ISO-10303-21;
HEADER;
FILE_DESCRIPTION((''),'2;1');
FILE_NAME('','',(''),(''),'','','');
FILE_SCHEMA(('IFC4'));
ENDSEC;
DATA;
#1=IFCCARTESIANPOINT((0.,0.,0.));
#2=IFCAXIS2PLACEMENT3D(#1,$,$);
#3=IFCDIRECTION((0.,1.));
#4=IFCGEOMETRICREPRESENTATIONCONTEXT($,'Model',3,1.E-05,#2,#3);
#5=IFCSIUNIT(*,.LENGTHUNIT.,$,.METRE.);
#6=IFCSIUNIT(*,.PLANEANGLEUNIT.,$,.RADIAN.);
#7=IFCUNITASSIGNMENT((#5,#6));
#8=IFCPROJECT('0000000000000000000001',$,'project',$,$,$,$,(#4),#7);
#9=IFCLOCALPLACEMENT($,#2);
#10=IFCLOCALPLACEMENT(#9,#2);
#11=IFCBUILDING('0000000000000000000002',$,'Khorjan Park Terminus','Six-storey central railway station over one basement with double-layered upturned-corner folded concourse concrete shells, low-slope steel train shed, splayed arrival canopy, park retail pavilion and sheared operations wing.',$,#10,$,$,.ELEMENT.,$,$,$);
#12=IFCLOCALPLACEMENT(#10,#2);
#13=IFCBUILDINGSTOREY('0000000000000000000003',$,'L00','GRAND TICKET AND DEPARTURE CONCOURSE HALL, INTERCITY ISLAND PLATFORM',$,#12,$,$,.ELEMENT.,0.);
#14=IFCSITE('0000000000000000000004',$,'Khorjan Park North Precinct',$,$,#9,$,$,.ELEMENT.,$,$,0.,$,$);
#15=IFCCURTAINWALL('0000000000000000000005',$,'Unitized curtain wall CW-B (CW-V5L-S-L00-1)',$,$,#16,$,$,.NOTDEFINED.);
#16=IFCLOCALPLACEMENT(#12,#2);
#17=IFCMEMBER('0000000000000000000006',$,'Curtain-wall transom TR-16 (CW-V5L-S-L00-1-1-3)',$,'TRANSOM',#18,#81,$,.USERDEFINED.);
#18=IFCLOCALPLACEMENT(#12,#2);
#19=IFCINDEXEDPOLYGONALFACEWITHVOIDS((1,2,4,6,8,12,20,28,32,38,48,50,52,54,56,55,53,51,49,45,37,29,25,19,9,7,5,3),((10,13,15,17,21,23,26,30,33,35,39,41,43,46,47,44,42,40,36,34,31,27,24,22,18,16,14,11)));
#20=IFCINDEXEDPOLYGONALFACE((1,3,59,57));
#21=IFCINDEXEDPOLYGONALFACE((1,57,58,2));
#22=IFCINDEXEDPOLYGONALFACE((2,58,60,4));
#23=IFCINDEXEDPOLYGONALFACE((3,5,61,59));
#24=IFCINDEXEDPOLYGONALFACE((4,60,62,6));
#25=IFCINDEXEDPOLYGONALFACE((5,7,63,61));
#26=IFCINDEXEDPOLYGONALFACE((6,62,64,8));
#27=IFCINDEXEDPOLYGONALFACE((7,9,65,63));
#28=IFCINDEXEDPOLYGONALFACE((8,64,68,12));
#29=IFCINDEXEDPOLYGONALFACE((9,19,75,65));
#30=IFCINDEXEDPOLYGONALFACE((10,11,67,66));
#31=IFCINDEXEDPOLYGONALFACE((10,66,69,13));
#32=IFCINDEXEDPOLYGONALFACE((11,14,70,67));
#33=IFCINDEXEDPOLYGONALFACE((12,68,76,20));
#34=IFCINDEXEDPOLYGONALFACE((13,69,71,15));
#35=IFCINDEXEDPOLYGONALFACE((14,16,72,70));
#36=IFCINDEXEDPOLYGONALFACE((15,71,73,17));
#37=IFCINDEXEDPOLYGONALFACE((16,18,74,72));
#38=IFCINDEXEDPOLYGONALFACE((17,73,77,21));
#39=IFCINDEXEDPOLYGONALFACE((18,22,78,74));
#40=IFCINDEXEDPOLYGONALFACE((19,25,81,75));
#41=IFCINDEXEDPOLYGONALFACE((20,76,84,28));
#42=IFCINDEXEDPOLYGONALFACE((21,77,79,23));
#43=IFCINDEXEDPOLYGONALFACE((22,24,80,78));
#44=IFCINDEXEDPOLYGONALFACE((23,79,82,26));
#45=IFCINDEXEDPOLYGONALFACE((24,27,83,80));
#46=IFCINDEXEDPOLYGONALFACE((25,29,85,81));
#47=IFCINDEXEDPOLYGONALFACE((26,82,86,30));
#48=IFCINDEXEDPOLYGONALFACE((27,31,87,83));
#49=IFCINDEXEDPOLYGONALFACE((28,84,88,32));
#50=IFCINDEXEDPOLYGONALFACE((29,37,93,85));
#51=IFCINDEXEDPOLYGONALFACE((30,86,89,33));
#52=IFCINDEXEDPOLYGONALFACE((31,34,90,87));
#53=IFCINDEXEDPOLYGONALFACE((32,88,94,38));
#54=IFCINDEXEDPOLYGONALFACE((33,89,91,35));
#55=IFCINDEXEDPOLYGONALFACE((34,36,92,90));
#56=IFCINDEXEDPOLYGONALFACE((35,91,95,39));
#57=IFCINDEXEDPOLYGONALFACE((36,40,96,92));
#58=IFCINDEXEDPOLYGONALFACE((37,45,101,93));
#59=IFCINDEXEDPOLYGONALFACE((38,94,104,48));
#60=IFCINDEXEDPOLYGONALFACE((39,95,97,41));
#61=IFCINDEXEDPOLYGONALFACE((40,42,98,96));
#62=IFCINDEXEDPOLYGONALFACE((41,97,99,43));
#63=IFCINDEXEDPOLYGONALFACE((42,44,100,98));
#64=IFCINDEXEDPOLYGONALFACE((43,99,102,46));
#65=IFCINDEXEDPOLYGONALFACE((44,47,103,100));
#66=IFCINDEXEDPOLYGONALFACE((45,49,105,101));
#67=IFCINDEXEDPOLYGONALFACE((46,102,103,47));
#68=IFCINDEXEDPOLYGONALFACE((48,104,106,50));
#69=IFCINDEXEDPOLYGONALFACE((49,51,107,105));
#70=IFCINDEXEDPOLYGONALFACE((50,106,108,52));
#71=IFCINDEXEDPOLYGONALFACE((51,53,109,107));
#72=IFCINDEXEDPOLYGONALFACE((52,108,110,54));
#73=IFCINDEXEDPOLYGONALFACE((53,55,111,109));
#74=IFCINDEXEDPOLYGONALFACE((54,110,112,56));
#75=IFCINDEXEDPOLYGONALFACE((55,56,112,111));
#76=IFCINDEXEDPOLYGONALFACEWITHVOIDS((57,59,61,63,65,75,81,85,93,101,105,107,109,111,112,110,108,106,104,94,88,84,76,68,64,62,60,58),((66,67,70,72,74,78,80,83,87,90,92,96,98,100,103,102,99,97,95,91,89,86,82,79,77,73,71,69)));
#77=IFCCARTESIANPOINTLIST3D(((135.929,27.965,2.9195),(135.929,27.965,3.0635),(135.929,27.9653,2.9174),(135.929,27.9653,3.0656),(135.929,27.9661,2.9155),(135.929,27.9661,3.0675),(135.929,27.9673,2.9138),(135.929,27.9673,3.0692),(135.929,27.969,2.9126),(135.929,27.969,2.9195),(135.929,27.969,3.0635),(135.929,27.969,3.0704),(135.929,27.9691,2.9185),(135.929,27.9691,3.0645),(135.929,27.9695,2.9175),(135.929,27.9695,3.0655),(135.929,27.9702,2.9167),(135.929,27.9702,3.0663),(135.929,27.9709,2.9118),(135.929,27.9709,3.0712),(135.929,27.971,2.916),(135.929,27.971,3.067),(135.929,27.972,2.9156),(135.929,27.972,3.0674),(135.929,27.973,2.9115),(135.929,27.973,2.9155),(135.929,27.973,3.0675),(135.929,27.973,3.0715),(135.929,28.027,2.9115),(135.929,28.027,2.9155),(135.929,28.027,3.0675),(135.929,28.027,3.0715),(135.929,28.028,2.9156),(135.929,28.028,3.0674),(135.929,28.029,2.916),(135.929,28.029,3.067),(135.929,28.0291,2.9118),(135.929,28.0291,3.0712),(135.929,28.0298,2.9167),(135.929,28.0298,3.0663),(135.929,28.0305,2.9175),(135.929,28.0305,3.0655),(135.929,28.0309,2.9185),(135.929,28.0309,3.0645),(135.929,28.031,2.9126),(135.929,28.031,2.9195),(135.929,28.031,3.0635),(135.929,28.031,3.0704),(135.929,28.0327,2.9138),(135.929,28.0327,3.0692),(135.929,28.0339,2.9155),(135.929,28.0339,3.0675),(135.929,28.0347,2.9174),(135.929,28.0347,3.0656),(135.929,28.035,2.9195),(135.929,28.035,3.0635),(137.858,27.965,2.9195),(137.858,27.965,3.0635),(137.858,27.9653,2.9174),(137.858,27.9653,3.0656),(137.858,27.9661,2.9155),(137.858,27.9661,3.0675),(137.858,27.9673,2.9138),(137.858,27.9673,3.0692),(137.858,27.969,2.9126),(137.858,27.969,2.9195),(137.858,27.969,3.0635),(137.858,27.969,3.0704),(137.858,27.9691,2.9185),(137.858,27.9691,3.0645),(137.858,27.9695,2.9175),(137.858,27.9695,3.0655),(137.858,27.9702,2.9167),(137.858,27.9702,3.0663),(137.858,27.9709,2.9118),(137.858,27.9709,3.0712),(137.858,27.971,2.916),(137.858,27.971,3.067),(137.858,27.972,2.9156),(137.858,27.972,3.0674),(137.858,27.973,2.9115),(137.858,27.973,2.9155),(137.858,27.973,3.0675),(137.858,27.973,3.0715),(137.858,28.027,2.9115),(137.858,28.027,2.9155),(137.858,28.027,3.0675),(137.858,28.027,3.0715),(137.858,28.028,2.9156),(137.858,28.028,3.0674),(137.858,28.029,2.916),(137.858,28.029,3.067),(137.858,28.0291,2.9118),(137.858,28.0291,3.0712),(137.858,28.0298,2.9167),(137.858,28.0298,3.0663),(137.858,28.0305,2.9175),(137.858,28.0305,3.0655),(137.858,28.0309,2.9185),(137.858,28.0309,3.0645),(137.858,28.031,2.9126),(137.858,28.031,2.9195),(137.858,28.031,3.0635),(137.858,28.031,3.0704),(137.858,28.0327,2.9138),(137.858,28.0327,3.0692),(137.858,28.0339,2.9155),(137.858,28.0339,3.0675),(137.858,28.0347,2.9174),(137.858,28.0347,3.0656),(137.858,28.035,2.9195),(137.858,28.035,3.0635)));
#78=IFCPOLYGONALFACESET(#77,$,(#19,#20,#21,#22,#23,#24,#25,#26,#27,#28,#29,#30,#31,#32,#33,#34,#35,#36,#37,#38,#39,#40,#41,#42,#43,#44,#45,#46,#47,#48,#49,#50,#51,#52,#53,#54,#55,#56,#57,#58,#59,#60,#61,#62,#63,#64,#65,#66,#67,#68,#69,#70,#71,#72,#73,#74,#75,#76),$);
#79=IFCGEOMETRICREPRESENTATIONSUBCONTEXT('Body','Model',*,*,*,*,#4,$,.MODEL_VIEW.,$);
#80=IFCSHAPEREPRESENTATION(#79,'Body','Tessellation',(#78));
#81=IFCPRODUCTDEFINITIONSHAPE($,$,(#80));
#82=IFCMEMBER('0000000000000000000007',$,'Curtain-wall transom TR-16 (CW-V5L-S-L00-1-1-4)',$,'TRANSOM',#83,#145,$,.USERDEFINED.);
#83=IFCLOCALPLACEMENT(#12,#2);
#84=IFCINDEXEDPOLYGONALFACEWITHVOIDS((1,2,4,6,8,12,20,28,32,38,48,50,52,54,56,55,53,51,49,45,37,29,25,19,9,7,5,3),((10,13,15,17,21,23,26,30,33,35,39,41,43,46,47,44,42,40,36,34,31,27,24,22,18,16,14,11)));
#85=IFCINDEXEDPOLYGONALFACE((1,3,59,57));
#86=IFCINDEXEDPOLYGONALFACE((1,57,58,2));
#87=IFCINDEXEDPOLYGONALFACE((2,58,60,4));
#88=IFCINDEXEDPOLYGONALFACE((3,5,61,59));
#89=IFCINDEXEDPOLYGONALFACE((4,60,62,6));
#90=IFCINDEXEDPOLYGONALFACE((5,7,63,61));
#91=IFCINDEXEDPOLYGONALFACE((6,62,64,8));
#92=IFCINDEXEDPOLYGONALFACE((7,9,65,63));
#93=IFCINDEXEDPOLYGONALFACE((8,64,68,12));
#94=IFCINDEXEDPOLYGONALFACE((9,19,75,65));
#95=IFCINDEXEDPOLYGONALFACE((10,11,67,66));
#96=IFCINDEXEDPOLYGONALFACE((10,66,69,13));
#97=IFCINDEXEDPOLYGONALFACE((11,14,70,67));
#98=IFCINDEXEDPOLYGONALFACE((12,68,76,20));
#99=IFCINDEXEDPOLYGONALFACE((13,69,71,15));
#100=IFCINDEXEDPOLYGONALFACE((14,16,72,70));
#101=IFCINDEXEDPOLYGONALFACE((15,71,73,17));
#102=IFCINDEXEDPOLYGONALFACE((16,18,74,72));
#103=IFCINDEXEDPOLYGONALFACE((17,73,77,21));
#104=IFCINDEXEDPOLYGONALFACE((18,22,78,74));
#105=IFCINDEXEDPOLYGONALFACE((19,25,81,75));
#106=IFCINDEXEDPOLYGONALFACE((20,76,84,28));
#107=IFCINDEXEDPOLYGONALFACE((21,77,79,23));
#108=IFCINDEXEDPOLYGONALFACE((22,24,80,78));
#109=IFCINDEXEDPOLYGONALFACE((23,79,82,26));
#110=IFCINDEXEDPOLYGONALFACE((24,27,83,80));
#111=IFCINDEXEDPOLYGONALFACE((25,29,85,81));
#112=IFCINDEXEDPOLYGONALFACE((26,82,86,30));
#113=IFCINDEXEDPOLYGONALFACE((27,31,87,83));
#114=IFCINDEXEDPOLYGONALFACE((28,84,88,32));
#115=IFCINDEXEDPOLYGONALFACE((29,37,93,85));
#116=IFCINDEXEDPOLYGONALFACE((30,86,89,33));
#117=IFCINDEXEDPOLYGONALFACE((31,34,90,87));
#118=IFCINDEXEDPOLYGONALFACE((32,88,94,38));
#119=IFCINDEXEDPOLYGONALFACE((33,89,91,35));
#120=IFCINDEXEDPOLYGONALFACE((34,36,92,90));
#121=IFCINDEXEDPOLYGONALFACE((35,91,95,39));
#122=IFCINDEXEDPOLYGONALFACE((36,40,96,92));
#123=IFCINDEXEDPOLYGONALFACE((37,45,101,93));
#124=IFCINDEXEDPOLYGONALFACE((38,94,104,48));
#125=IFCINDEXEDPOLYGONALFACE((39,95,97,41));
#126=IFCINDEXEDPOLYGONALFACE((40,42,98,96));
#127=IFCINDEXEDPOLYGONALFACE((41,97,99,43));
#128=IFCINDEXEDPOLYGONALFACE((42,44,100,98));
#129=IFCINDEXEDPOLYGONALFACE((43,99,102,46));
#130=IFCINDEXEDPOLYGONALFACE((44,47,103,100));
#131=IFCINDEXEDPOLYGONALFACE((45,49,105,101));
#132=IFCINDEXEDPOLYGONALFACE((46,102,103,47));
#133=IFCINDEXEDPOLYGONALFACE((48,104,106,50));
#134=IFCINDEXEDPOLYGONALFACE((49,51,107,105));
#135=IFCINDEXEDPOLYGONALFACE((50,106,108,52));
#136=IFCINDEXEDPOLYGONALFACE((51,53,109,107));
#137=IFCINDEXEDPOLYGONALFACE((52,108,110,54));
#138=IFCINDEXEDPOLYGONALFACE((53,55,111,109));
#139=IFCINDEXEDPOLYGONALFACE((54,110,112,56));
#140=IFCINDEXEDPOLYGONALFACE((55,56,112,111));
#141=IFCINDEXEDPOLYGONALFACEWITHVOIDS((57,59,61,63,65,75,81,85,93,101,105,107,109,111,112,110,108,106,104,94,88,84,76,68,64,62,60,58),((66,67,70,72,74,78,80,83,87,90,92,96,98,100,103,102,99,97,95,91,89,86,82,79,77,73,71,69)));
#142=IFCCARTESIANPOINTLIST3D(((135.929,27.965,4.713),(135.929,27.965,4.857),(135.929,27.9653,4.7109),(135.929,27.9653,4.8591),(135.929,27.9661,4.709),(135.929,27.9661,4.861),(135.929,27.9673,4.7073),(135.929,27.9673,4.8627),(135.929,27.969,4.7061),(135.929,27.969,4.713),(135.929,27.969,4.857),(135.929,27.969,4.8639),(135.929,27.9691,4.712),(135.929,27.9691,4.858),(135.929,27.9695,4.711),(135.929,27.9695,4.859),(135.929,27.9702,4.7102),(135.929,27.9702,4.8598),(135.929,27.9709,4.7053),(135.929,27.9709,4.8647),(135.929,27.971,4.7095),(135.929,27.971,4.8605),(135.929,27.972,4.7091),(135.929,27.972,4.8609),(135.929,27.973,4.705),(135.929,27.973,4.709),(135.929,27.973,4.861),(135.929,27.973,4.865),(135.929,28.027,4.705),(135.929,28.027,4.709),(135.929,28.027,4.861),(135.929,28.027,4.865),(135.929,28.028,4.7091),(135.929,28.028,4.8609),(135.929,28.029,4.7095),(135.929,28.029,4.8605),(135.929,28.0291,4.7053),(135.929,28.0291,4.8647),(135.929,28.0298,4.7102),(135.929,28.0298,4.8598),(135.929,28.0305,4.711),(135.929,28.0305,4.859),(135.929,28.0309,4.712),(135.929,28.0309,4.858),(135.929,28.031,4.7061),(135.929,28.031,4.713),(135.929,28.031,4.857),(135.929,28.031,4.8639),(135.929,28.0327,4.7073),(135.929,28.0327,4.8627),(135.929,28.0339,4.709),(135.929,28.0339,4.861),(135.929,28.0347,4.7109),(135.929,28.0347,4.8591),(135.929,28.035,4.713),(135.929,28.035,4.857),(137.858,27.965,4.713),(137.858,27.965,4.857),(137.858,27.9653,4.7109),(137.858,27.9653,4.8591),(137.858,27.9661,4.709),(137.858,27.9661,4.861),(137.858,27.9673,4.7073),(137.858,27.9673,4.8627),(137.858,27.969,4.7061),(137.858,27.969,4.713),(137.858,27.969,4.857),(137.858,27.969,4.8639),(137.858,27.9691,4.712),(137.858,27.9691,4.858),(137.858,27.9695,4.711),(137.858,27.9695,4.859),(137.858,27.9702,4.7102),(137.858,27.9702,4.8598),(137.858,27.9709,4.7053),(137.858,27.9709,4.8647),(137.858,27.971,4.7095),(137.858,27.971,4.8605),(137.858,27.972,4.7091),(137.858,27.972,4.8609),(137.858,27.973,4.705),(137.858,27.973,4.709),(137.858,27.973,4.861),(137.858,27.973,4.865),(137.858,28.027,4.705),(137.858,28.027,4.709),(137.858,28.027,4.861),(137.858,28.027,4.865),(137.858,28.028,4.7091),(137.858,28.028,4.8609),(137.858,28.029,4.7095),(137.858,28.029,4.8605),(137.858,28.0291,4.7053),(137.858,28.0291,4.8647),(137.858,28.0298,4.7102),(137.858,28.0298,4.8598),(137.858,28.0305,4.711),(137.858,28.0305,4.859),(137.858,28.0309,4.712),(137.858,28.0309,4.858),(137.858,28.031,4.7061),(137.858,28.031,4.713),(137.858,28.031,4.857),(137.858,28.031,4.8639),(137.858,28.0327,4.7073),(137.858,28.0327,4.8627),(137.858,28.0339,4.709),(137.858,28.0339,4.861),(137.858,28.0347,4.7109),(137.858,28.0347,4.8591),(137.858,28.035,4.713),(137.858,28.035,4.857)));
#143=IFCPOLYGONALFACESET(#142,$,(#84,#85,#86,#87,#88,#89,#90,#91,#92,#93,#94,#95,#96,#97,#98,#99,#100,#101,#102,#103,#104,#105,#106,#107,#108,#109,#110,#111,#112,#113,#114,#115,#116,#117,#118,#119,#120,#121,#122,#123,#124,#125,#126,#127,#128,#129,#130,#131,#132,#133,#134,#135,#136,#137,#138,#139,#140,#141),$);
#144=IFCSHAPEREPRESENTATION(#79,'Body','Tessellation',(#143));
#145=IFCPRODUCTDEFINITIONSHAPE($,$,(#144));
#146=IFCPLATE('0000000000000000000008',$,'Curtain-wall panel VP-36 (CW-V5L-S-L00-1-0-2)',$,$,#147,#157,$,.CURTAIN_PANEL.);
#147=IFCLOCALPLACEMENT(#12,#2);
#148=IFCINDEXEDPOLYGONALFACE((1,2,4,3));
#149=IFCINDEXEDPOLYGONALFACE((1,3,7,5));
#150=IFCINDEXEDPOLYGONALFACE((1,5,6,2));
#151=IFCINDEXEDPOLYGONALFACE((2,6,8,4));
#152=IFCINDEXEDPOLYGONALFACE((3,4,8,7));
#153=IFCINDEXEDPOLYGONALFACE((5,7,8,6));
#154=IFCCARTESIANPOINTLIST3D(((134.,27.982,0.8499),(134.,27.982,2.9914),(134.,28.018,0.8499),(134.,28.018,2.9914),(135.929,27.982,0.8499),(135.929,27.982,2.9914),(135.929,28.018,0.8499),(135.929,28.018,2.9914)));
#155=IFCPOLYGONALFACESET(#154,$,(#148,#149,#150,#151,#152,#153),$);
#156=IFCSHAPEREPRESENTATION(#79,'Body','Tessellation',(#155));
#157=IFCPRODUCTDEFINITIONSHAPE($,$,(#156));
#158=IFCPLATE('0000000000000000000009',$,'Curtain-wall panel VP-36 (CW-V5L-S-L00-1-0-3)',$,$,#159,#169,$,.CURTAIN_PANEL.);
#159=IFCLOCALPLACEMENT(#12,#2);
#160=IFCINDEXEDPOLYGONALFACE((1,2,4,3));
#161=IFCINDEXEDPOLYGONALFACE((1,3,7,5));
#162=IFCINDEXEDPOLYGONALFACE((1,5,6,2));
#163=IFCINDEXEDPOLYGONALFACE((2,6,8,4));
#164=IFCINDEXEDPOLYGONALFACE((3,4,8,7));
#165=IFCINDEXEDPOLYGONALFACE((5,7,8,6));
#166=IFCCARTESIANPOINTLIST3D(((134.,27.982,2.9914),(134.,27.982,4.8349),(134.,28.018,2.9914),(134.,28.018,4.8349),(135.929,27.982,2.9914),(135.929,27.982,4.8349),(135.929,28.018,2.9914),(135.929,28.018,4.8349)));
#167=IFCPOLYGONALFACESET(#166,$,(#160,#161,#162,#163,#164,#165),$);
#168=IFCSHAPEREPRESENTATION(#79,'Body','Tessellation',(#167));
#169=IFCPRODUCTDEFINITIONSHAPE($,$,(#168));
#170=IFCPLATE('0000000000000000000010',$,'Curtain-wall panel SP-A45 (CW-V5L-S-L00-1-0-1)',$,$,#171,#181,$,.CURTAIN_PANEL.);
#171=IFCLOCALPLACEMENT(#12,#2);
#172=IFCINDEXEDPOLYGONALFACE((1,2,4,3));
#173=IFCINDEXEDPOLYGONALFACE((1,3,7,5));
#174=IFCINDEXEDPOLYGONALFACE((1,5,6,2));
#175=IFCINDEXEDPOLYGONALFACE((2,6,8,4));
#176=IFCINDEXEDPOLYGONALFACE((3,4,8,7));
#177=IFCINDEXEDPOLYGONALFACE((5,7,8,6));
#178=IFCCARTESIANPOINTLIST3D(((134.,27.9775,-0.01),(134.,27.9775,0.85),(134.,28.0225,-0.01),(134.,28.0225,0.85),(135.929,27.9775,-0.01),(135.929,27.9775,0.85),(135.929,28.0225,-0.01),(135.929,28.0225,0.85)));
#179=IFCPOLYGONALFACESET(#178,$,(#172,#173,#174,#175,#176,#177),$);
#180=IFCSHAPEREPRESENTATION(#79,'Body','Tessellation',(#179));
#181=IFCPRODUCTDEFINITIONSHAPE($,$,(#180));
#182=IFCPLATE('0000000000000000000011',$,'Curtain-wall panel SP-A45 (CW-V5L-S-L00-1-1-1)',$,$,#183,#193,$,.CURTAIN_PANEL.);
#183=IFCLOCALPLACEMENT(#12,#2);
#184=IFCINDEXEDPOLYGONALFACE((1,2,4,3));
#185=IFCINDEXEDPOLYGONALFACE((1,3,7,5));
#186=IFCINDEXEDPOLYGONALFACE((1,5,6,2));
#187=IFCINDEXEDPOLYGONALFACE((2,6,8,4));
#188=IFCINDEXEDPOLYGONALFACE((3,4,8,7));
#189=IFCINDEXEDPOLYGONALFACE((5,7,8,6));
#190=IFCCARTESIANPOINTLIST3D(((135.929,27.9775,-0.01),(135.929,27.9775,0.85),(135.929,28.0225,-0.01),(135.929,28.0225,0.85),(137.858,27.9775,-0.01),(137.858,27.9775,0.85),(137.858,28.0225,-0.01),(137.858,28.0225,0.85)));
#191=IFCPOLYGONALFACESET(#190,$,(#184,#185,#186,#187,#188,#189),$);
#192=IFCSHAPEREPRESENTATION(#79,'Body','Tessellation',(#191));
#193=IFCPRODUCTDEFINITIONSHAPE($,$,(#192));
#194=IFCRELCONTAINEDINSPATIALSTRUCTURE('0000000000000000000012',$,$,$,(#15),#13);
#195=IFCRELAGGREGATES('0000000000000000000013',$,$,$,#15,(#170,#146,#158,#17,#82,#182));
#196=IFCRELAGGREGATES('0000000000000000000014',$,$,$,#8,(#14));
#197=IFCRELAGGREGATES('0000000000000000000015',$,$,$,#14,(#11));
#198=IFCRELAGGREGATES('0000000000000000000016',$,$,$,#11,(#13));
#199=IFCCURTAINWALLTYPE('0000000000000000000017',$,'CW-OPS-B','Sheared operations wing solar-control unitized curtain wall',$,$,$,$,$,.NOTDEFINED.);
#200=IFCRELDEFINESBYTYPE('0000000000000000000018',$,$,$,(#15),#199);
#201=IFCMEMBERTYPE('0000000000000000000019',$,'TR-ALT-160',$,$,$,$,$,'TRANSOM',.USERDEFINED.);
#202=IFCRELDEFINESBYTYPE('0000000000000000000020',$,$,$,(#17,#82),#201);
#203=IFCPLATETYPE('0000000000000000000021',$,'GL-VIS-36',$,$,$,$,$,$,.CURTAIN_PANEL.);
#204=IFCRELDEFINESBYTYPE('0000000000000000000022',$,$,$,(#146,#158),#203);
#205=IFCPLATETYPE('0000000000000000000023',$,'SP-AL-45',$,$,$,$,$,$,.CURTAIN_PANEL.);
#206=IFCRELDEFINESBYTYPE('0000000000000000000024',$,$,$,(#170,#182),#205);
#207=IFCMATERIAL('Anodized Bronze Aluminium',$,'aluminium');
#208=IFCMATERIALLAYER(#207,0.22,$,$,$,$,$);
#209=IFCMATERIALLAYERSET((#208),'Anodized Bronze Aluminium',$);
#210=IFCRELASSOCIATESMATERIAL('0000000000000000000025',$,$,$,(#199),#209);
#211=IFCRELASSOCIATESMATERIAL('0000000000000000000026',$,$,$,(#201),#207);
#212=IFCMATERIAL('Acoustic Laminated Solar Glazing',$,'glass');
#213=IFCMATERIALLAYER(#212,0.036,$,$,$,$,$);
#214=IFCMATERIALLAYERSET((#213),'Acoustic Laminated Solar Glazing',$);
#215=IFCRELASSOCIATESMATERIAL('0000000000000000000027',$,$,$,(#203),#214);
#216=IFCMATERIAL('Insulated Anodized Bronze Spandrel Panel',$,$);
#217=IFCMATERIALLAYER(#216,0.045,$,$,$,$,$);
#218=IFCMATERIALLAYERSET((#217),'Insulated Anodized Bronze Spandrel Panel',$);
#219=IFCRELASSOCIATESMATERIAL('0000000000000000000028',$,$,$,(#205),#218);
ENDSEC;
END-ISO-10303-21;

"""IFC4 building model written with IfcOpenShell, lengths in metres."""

from ifc_helpers import new_model, si_unit, direction, frame, origin, origin_2d, place, context, subcontext, project, spatial, rectangle, hollow_rectangle, extrude, material, layer, layer_set, material_profile, profile_set, type_object, element, aggregate, save


model = new_model("IFC4")

# Units and contexts
model_context = context("Model", 3, precision=1e-05, world=origin(), true_north=direction((0.0, 1.0)))
body_context = subcontext(model_context, "Body", "Model", "MODEL_VIEW")
ifc_project = project(units=[si_unit("LENGTHUNIT", "METRE"), si_unit("PLANEANGLEUNIT", "RADIAN")], contexts=[model_context])

# Site, building, storey
site_placement = place(None, origin())
site = spatial("IfcSite", under=ifc_project, at=site_placement, Name="Khorjan Park North Precinct", CompositionType="ELEMENT", RefElevation=0.0)
building_placement = place(site_placement, origin())
building = spatial("IfcBuilding", under=site, at=building_placement, Name="Khorjan Park Terminus", Description="Six-storey central railway station over one basement with double-layered upturned-corner folded concourse concrete shells, low-slope steel train shed, splayed arrival canopy, park retail pavilion and sheared operations wing.", CompositionType="ELEMENT")
storey_placement = place(building_placement, origin())
storey = spatial("IfcBuildingStorey", under=building, at=storey_placement, Name="L00", Description="GRAND TICKET AND DEPARTURE CONCOURSE HALL, INTERCITY ISLAND PLATFORM", CompositionType="ELEMENT", Elevation=0.0)

# Curtain wall, members, plates
ifc_material_1 = material(Name="Anodized Bronze Aluminium", Category="aluminium")
ifc_layer_1 = layer(ifc_material_1, 0.22)
ifc_layer_set_1 = layer_set([ifc_layer_1], Name="Anodized Bronze Aluminium")
curtain_wall_type = type_object("IfcCurtainWallType", Name="CW-OPS-B", Description="Sheared operations wing solar-control unitized curtain wall", PredefinedType="NOTDEFINED", material=ifc_layer_set_1)
curtain_wall_placement = place(storey_placement, origin())
curtain_wall = element("IfcCurtainWall", 1, at=curtain_wall_placement, inside=storey, type_object=curtain_wall_type, Name="Unitized curtain wall CW-B (CW-V5L-S-L00-1)", PredefinedType="NOTDEFINED")
ifc_material_profile_1 = material_profile(ifc_material_1, hollow_rectangle(XDim=0.07, YDim=0.16, WallThickness=0.004, InnerFilletRadius=0.004, OuterFilletRadius=0.008, at=origin_2d()), Name="ALT 70x160x4")
ifc_profile_set_1 = profile_set([ifc_material_profile_1], Name="Anodized Bronze Aluminium")
member_type_1 = type_object("IfcMemberType", Name="TR-ALT-160", ElementType="TRANSOM", PredefinedType="USERDEFINED", material=ifc_profile_set_1)
member_1_placement = place(storey_placement, frame((135.929, 28.0, 2.9915), z_axis=(1.0, 0.0, 0.0), x_axis=(0.0, 1.0, 0.0)))
member_1 = element("IfcMember", 2, at=member_1_placement, type_object=member_type_1, Name="Curtain-wall transom TR-16 (CW-V5L-S-L00-1-1-3)", ObjectType="TRANSOM", PredefinedType="USERDEFINED", context=body_context, shape_type="SweptSolid", body=[
    extrude(hollow_rectangle(XDim=0.07, YDim=0.16, WallThickness=0.004, InnerFilletRadius=0.004, OuterFilletRadius=0.008, at=origin_2d()), origin(), (0.0, 0.0, 1.0), 1.929),
])
member_2_placement = place(storey_placement, frame((135.929, 28.0, 4.785), z_axis=(1.0, 0.0, 0.0), x_axis=(0.0, 1.0, 0.0)))
member_2 = element("IfcMember", 3, at=member_2_placement, type_object=member_type_1, Name="Curtain-wall transom TR-16 (CW-V5L-S-L00-1-1-4)", ObjectType="TRANSOM", PredefinedType="USERDEFINED", context=body_context, shape_type="SweptSolid", body=[
    extrude(hollow_rectangle(XDim=0.07, YDim=0.16, WallThickness=0.004, InnerFilletRadius=0.004, OuterFilletRadius=0.008, at=origin_2d()), origin(), (0.0, 0.0, 1.0), 1.929),
])
ifc_material_2 = material(Name="Acoustic Laminated Solar Glazing", Category="glass")
ifc_layer_2 = layer(ifc_material_2, 0.036)
ifc_layer_set_2 = layer_set([ifc_layer_2], Name="Acoustic Laminated Solar Glazing")
plate_type_1 = type_object("IfcPlateType", Name="GL-VIS-36", PredefinedType="CURTAIN_PANEL", material=ifc_layer_set_2)
plate_1_placement = place(storey_placement, frame((134.9645, 28.0, 0.8499), z_axis=(0.0, 0.0, 1.0), x_axis=(1.0, 0.0, 0.0)))
plate_1 = element("IfcPlate", 4, at=plate_1_placement, type_object=plate_type_1, Name="Curtain-wall panel VP-36 (CW-V5L-S-L00-1-0-2)", PredefinedType="CURTAIN_PANEL", context=body_context, shape_type="SweptSolid", body=[
    extrude(rectangle(XDim=1.929, YDim=0.036, at=origin_2d()), origin(), (0.0, 0.0, 1.0), 2.1415),
])
plate_2_placement = place(storey_placement, frame((134.9645, 28.0, 2.9914), z_axis=(0.0, 0.0, 1.0), x_axis=(1.0, 0.0, 0.0)))
plate_2 = element("IfcPlate", 5, at=plate_2_placement, type_object=plate_type_1, Name="Curtain-wall panel VP-36 (CW-V5L-S-L00-1-0-3)", PredefinedType="CURTAIN_PANEL", context=body_context, shape_type="SweptSolid", body=[
    extrude(rectangle(XDim=1.929, YDim=0.036, at=origin_2d()), origin(), (0.0, 0.0, 1.0), 1.8435),
])
ifc_material_3 = material(Name="Insulated Anodized Bronze Spandrel Panel")
ifc_layer_3 = layer(ifc_material_3, 0.045)
ifc_layer_set_3 = layer_set([ifc_layer_3], Name="Insulated Anodized Bronze Spandrel Panel")
plate_type_2 = type_object("IfcPlateType", Name="SP-AL-45", PredefinedType="CURTAIN_PANEL", material=ifc_layer_set_3)
plate_3_placement = place(storey_placement, frame((134.9645, 28.0, -0.01), z_axis=(0.0, 0.0, 1.0), x_axis=(1.0, 0.0, 0.0)))
plate_3 = element("IfcPlate", 6, at=plate_3_placement, type_object=plate_type_2, Name="Curtain-wall panel SP-A45 (CW-V5L-S-L00-1-0-1)", PredefinedType="CURTAIN_PANEL", context=body_context, shape_type="SweptSolid", body=[
    extrude(rectangle(XDim=1.929, YDim=0.045, at=origin_2d()), origin(), (0.0, 0.0, 1.0), 0.86),
])
plate_4_placement = place(storey_placement, frame((136.8935, 28.0, -0.01), z_axis=(0.0, 0.0, 1.0), x_axis=(1.0, 0.0, 0.0)))
plate_4 = element("IfcPlate", 7, at=plate_4_placement, type_object=plate_type_2, Name="Curtain-wall panel SP-A45 (CW-V5L-S-L00-1-1-1)", PredefinedType="CURTAIN_PANEL", context=body_context, shape_type="SweptSolid", body=[
    extrude(rectangle(XDim=1.929, YDim=0.045, at=origin_2d()), origin(), (0.0, 0.0, 1.0), 0.86),
])
aggregate(curtain_wall, [plate_3, plate_1, plate_2, member_1, member_2, plate_4])

save(model, "model.ifc")
